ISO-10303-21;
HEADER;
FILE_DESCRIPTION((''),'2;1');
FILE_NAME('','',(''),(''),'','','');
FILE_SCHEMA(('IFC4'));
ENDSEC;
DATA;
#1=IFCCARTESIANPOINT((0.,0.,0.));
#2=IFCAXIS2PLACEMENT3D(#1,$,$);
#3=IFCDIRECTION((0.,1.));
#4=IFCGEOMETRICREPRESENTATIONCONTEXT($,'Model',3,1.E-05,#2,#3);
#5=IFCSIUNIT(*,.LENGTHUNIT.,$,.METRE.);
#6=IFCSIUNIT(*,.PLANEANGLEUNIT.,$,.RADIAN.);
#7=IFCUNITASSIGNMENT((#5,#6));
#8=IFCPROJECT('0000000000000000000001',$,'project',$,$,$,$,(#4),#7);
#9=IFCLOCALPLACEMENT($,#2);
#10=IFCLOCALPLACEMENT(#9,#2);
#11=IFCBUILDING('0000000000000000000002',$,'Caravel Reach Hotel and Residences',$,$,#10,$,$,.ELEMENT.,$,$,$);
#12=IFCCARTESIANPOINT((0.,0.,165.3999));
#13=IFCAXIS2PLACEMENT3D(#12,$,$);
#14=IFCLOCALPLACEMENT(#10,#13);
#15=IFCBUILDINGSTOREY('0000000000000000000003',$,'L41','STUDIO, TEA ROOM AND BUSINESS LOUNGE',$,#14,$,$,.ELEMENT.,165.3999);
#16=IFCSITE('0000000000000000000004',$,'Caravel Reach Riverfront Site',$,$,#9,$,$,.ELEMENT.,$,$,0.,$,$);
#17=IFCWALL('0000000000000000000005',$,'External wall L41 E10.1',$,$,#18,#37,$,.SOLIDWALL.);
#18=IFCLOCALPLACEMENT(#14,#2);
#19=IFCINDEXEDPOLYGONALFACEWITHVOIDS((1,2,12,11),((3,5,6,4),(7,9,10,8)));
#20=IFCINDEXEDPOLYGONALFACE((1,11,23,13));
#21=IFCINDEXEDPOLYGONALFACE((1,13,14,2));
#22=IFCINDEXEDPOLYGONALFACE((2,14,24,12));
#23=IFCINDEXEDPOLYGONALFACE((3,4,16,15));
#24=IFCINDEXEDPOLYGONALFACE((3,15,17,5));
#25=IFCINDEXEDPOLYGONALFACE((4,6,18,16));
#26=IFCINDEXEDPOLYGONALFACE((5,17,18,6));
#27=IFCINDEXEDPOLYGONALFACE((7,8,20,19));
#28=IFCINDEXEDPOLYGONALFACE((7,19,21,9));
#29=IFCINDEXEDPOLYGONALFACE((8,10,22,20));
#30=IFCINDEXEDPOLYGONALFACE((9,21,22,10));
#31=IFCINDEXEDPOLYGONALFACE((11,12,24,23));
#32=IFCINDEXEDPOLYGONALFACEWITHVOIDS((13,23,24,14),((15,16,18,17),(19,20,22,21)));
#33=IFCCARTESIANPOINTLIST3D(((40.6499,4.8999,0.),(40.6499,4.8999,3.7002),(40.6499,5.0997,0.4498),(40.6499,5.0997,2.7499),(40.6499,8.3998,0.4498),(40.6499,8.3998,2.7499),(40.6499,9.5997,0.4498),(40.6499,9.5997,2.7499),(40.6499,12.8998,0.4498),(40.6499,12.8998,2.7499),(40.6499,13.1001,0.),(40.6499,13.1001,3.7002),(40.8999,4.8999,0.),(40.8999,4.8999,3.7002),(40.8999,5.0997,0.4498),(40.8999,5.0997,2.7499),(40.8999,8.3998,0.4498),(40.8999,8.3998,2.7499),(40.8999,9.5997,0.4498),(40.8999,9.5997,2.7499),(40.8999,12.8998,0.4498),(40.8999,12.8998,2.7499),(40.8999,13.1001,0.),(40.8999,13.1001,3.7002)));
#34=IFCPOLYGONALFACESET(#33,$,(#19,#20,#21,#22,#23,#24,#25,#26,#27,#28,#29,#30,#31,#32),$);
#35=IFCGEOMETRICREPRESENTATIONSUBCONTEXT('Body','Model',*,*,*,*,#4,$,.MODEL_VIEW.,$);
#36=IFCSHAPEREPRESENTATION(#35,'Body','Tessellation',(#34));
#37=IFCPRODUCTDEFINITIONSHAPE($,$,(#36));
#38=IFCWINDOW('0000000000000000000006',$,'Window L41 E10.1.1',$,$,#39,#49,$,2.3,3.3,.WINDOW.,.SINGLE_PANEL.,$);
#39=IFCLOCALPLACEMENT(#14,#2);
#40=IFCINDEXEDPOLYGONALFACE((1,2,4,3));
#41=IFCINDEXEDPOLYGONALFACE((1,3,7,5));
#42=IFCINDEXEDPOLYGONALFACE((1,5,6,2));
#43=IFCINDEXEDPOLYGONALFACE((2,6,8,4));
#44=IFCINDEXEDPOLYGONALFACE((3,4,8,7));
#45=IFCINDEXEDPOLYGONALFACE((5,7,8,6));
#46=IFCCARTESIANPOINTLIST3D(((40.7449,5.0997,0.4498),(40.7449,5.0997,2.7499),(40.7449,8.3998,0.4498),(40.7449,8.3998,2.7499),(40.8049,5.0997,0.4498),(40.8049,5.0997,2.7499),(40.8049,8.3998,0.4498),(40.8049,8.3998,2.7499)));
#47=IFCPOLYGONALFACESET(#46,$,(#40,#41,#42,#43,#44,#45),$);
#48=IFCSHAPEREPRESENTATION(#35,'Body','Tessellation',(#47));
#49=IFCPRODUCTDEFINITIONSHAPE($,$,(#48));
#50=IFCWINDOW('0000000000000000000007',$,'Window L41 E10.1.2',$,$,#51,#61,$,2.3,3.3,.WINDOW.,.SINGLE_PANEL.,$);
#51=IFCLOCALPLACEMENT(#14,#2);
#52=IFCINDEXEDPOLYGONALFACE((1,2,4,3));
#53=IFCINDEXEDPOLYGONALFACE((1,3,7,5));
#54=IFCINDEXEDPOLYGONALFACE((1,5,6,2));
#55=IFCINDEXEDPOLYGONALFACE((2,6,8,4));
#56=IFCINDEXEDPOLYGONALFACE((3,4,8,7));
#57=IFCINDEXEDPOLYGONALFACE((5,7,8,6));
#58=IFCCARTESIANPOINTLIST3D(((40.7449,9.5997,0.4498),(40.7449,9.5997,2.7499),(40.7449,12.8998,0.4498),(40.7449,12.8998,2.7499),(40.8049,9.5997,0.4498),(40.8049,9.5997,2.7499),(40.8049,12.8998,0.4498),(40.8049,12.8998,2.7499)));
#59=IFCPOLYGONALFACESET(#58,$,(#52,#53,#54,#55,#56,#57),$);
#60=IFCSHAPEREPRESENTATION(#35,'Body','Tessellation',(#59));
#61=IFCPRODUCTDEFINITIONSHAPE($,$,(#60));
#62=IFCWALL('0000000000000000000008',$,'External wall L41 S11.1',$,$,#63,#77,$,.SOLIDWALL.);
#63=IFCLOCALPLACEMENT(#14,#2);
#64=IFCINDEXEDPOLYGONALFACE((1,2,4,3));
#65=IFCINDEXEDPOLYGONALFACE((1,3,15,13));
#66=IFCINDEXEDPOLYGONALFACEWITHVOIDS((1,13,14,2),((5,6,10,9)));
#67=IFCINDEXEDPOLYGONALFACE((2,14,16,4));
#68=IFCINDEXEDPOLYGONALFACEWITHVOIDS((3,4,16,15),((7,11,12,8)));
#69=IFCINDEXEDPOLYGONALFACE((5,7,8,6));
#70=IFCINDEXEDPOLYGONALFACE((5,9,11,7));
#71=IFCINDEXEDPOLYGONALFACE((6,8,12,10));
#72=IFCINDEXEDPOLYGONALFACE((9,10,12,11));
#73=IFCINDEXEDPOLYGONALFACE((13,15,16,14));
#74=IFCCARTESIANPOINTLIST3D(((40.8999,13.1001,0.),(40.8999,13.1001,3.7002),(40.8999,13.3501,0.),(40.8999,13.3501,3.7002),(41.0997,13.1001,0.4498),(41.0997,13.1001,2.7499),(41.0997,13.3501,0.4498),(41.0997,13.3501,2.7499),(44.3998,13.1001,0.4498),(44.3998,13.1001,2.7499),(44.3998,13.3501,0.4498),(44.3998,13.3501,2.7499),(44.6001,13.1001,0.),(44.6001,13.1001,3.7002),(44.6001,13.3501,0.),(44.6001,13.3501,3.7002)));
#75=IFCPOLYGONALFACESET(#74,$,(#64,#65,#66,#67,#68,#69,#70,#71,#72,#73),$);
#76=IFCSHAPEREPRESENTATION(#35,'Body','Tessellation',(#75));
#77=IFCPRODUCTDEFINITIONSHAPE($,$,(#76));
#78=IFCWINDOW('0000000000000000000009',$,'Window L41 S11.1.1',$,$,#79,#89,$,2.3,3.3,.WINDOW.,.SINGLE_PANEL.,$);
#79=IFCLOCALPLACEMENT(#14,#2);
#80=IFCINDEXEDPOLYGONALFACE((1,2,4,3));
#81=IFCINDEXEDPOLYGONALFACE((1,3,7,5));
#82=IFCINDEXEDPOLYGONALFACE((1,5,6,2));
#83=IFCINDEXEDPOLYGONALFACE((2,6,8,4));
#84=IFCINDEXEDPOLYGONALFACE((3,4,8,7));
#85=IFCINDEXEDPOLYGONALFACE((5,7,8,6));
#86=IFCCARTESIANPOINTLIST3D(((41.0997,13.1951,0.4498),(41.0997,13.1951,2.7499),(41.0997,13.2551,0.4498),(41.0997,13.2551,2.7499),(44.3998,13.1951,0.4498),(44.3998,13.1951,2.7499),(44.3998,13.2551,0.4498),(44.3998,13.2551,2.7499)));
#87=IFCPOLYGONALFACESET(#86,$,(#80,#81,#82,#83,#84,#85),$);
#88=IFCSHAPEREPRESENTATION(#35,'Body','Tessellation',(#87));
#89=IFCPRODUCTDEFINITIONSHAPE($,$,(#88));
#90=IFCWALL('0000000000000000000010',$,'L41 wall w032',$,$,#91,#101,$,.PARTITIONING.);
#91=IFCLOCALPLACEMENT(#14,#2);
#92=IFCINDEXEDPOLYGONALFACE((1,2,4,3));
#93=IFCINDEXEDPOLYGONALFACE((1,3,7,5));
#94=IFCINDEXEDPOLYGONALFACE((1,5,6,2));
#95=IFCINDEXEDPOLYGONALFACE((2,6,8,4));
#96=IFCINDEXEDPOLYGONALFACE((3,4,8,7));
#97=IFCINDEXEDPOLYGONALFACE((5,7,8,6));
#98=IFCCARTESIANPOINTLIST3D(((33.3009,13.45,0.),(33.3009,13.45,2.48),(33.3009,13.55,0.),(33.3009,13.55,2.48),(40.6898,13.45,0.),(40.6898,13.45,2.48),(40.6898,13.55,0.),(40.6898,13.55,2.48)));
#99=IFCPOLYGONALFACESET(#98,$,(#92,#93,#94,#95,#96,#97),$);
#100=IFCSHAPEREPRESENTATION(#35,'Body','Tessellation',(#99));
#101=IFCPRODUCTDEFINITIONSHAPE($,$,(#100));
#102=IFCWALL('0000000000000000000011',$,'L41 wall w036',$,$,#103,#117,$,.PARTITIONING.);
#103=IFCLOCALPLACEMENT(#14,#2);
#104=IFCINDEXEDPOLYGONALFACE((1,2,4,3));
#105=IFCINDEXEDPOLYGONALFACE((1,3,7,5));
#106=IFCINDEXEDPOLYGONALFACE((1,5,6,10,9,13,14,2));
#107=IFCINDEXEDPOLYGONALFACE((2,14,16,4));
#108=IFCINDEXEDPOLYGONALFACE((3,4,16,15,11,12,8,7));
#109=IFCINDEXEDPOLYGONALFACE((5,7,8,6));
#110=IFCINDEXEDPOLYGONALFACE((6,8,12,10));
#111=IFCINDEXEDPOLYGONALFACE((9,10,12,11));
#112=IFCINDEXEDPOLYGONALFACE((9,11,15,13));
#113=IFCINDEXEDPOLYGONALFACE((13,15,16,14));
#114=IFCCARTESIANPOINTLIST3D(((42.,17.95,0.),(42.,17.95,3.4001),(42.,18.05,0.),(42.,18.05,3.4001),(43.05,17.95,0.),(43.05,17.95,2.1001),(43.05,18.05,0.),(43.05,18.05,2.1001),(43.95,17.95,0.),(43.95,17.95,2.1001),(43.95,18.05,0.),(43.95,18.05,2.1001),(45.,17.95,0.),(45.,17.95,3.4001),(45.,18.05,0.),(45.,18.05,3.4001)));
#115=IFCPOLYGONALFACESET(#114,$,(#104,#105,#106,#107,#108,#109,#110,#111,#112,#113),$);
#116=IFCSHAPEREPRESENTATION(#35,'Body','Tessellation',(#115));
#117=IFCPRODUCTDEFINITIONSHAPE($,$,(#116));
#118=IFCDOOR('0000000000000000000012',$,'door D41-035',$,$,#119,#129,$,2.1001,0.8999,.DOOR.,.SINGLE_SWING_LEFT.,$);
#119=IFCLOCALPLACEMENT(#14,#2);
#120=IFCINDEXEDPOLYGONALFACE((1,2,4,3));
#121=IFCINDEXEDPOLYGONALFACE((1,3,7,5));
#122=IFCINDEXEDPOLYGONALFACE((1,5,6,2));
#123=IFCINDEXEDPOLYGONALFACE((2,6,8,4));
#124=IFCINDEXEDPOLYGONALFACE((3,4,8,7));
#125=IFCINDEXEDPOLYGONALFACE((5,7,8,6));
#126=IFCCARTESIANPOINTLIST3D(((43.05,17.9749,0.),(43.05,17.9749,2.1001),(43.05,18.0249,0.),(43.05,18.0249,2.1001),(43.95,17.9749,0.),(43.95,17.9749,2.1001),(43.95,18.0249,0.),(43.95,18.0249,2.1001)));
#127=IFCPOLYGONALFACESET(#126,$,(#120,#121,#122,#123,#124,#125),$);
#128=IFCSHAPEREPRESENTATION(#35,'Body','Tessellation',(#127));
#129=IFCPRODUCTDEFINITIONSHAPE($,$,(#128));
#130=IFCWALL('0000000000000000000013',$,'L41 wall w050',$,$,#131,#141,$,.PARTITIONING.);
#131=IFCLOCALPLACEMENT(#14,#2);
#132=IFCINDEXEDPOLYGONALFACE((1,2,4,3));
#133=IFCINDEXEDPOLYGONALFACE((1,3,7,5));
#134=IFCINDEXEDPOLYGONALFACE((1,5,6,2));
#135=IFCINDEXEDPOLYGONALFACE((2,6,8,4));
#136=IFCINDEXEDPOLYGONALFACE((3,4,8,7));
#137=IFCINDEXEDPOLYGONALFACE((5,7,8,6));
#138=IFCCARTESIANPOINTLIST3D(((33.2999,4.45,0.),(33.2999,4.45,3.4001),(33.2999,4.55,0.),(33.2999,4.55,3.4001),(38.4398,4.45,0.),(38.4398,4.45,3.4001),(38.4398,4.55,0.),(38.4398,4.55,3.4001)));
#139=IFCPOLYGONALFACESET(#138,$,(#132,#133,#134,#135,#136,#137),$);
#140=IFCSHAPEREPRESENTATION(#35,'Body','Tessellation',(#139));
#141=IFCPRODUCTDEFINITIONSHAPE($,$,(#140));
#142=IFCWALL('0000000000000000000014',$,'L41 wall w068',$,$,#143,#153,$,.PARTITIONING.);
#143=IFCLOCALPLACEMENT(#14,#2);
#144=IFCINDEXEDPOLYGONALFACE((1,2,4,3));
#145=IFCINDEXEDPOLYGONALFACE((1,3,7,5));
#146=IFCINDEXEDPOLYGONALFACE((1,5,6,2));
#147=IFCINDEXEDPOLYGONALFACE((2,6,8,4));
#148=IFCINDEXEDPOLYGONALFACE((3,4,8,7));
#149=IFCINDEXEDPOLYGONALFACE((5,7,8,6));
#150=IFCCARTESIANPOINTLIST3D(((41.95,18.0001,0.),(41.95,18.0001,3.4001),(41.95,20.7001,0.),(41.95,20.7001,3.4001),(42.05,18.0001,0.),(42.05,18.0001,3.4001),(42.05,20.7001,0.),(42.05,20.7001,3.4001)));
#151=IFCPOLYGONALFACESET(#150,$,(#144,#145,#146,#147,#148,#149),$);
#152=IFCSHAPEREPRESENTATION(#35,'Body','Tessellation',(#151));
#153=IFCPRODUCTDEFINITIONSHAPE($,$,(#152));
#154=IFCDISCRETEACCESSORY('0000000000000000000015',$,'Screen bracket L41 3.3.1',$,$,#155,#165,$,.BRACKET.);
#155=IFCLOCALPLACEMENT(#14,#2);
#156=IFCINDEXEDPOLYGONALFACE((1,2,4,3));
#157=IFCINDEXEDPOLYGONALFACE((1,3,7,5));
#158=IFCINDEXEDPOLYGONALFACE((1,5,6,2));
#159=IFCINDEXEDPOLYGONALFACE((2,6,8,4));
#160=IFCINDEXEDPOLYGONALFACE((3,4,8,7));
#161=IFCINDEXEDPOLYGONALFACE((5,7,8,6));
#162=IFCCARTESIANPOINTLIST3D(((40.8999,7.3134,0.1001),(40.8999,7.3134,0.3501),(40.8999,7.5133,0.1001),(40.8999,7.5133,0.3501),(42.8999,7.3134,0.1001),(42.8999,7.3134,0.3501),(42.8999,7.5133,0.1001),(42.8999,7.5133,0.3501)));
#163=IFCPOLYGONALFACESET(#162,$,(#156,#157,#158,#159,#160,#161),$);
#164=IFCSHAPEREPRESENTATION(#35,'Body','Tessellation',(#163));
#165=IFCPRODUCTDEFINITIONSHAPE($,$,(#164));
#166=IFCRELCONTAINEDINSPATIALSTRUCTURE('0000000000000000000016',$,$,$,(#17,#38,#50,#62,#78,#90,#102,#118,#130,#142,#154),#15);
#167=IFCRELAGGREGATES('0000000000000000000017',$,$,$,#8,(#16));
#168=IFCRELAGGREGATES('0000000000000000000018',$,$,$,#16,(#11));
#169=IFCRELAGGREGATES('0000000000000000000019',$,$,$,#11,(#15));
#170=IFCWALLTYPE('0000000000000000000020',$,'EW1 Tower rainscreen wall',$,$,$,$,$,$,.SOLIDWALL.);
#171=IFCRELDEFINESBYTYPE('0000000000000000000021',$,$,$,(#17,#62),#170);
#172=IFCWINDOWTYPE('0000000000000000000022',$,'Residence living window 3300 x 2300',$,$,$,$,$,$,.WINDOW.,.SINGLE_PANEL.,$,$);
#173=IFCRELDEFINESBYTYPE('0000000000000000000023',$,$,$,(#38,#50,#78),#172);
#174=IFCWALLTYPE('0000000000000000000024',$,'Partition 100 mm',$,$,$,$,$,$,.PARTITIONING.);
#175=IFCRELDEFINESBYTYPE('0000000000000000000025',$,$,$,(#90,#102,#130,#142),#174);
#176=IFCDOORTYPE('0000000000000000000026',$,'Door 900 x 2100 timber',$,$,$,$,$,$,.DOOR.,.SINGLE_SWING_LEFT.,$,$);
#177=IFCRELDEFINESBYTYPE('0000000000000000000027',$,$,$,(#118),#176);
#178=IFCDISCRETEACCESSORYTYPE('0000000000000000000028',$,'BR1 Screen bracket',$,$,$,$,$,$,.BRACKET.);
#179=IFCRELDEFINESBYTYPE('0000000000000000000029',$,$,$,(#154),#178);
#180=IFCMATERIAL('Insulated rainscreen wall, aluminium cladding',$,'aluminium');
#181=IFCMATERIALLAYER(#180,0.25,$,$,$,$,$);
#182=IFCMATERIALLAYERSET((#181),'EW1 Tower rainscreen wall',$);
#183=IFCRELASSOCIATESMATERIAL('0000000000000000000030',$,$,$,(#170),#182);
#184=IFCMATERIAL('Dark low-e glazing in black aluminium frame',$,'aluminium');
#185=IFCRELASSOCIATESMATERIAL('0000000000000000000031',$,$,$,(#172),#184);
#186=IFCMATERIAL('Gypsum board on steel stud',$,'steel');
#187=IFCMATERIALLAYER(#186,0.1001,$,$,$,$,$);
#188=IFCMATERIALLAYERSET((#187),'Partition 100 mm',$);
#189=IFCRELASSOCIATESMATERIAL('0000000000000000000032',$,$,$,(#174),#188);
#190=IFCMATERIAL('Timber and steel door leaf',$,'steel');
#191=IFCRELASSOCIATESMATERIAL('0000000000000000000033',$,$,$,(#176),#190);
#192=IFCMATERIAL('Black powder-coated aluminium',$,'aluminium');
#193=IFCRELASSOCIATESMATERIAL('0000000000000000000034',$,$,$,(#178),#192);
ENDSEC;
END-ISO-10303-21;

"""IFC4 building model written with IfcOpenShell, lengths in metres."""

from ifc_helpers import new_model, si_unit, direction, frame, frame_2d, origin, origin_2d, place, context, subcontext, project, spatial, rectangle, extrude, material, layer, layer_set, type_object, element, fill, save


model = new_model("IFC4")

# Units and contexts
model_context = context("Model", 3, precision=1e-05, world=origin(), true_north=direction((0.0, 1.0)))
body_context = subcontext(model_context, "Body", "Model", "MODEL_VIEW")
ifc_project = project(units=[si_unit("LENGTHUNIT", "METRE"), si_unit("PLANEANGLEUNIT", "RADIAN")], contexts=[model_context])

# Site, building, storey
site_placement = place(None, origin())
site = spatial("IfcSite", under=ifc_project, at=site_placement, Name="Caravel Reach Riverfront Site", CompositionType="ELEMENT", RefElevation=0.0)
building_placement = place(site_placement, origin())
building = spatial("IfcBuilding", under=site, at=building_placement, Name="Caravel Reach Hotel and Residences", CompositionType="ELEMENT")
storey_placement = place(building_placement, frame((0.0, 0.0, 165.3999)))
storey = spatial("IfcBuildingStorey", under=building, at=storey_placement, Name="L41", Description="STUDIO, TEA ROOM AND BUSINESS LOUNGE", CompositionType="ELEMENT", Elevation=165.3999)

# Wall, openings, windows
ifc_material_1 = material(Name="Insulated rainscreen wall, aluminium cladding", Category="aluminium")
ifc_layer_1 = layer(ifc_material_1, 0.25)
ifc_layer_set_1 = layer_set([ifc_layer_1], Name="EW1 Tower rainscreen wall")
wall_type_1 = type_object("IfcWallType", Name="EW1 Tower rainscreen wall", PredefinedType="SOLIDWALL", material=ifc_layer_set_1)
wall_1_placement = place(storey_placement, frame((40.7749, 4.8999, 0.0), z_axis=(0.0, 0.0, 1.0), x_axis=(0.0, 1.0, 0.0)))
wall_1 = element("IfcWall", 1, at=wall_1_placement, inside=storey, type_object=wall_type_1, Name="External wall L41 E10.1", PredefinedType="SOLIDWALL", context=body_context, shape_type="SweptSolid", body=[
    extrude(rectangle(XDim=8.2002, YDim=0.25, at=frame_2d((4.1001, 0.0))), origin(), (0.0, 0.0, 1.0), 3.7002),
])
opening_1_placement = place(wall_1_placement, frame((0.2, 0.0, 0.45)))
opening_1 = element("IfcOpeningElement", 2, at=opening_1_placement, cuts=wall_1, PredefinedType="OPENING", context=body_context, shape_type="SweptSolid", body=[
    extrude(rectangle(XDim=3.3, YDim=2.3, at=frame_2d((1.6499, 1.1499))), frame((0.0, 0.135, 0.0), z_axis=(0.0, -1.0, 0.0), x_axis=(1.0, 0.0, 0.0)), (0.0, 0.0, 1.0), 0.27),
])
opening_2_placement = place(wall_1_placement, frame((4.7, 0.0, 0.45)))
opening_2 = element("IfcOpeningElement", 3, at=opening_2_placement, cuts=wall_1, PredefinedType="OPENING", context=body_context, shape_type="SweptSolid", body=[
    extrude(rectangle(XDim=3.3, YDim=2.3, at=frame_2d((1.6499, 1.1499))), frame((0.0, 0.135, 0.0), z_axis=(0.0, -1.0, 0.0), x_axis=(1.0, 0.0, 0.0)), (0.0, 0.0, 1.0), 0.27),
])
ifc_material_2 = material(Name="Dark low-e glazing in black aluminium frame", Category="aluminium")
window_type = type_object("IfcWindowType", Name="Residence living window 3300 x 2300", PartitioningType="SINGLE_PANEL", PredefinedType="WINDOW", material=ifc_material_2)
window_1_placement = place(opening_1_placement, origin())
window_1 = element("IfcWindow", 4, at=window_1_placement, inside=storey, type_object=window_type, Name="Window L41 E10.1.1", OverallHeight=2.3, OverallWidth=3.3, PartitioningType="SINGLE_PANEL", PredefinedType="WINDOW", context=body_context, shape_type="SweptSolid", body=[
    extrude(rectangle(XDim=3.3, YDim=2.3, at=frame_2d((1.6499, 1.1499))), frame((0.0, 0.03, 0.0), z_axis=(0.0, -1.0, 0.0), x_axis=(1.0, 0.0, 0.0)), (0.0, 0.0, 1.0), 0.0601),
])
fill(opening_1, window_1)
window_2_placement = place(opening_2_placement, origin())
window_2 = element("IfcWindow", 5, at=window_2_placement, inside=storey, type_object=window_type, Name="Window L41 E10.1.2", OverallHeight=2.3, OverallWidth=3.3, PartitioningType="SINGLE_PANEL", PredefinedType="WINDOW", context=body_context, shape_type="SweptSolid", body=[
    extrude(rectangle(XDim=3.3, YDim=2.3, at=frame_2d((1.6499, 1.1499))), frame((0.0, 0.03, 0.0), z_axis=(0.0, -1.0, 0.0), x_axis=(1.0, 0.0, 0.0)), (0.0, 0.0, 1.0), 0.0601),
])
fill(opening_2, window_2)

# Wall, opening, window
wall_2_placement = place(storey_placement, frame((40.8999, 13.2251, 0.0), z_axis=(0.0, 0.0, 1.0), x_axis=(1.0, 0.0, 0.0)))
wall_2 = element("IfcWall", 6, at=wall_2_placement, inside=storey, type_object=wall_type_1, Name="External wall L41 S11.1", PredefinedType="SOLIDWALL", context=body_context, shape_type="SweptSolid", body=[
    extrude(rectangle(XDim=3.7002, YDim=0.25, at=frame_2d((1.8501, 0.0))), origin(), (0.0, 0.0, 1.0), 3.7002),
])
opening_3_placement = place(wall_2_placement, frame((0.2, 0.0, 0.45)))
opening_3 = element("IfcOpeningElement", 7, at=opening_3_placement, cuts=wall_2, PredefinedType="OPENING", context=body_context, shape_type="SweptSolid", body=[
    extrude(rectangle(XDim=3.3, YDim=2.3, at=frame_2d((1.6499, 1.1499))), frame((0.0, 0.135, 0.0), z_axis=(0.0, -1.0, 0.0), x_axis=(1.0, 0.0, 0.0)), (0.0, 0.0, 1.0), 0.27),
])
window_3_placement = place(opening_3_placement, origin())
window_3 = element("IfcWindow", 8, at=window_3_placement, inside=storey, type_object=window_type, Name="Window L41 S11.1.1", OverallHeight=2.3, OverallWidth=3.3, PartitioningType="SINGLE_PANEL", PredefinedType="WINDOW", context=body_context, shape_type="SweptSolid", body=[
    extrude(rectangle(XDim=3.3, YDim=2.3, at=frame_2d((1.6499, 1.1499))), frame((0.0, 0.03, 0.0), z_axis=(0.0, -1.0, 0.0), x_axis=(1.0, 0.0, 0.0)), (0.0, 0.0, 1.0), 0.0601),
])
fill(opening_3, window_3)

# Wall
ifc_material_3 = material(Name="Gypsum board on steel stud", Category="steel")
ifc_layer_2 = layer(ifc_material_3, 0.1001)
ifc_layer_set_2 = layer_set([ifc_layer_2], Name="Partition 100 mm")
wall_type_2 = type_object("IfcWallType", Name="Partition 100 mm", PredefinedType="PARTITIONING", material=ifc_layer_set_2)
wall_3_placement = place(storey_placement, frame((33.301, 13.5, 0.0), z_axis=(0.0, 0.0, 1.0), x_axis=(1.0, 0.0, 0.0)))
element("IfcWall", 9, at=wall_3_placement, inside=storey, type_object=wall_type_2, Name="L41 wall w032", PredefinedType="PARTITIONING", context=body_context, shape_type="SweptSolid", body=[
    extrude(rectangle(XDim=7.3889, YDim=0.1001, at=frame_2d((3.6943, 0.0))), origin(), (0.0, 0.0, 1.0), 2.48),
])

# Wall, opening, door
wall_4_placement = place(storey_placement, frame((42.0, 18.0, 0.0), z_axis=(0.0, 0.0, 1.0), x_axis=(1.0, 0.0, 0.0)))
wall_4 = element("IfcWall", 10, at=wall_4_placement, inside=storey, type_object=wall_type_2, Name="L41 wall w036", PredefinedType="PARTITIONING", context=body_context, shape_type="SweptSolid", body=[
    extrude(rectangle(XDim=3.0, YDim=0.1001, at=frame_2d((1.5, 0.0))), origin(), (0.0, 0.0, 1.0), 3.4001),
])
opening_4_placement = place(wall_4_placement, frame((1.05, 0.0, 0.0)))
opening_4 = element("IfcOpeningElement", 11, at=opening_4_placement, cuts=wall_4, PredefinedType="OPENING", context=body_context, shape_type="SweptSolid", body=[
    extrude(rectangle(XDim=0.8999, YDim=2.1001, at=frame_2d((0.45, 1.05))), frame((0.0, 0.0601, 0.0), z_axis=(0.0, -1.0, 0.0), x_axis=(1.0, 0.0, 0.0)), (0.0, 0.0, 1.0), 0.1201),
])
ifc_material_4 = material(Name="Timber and steel door leaf", Category="steel")
door_type_1 = type_object("IfcDoorType", Name="Door 900 x 2100 timber", OperationType="SINGLE_SWING_LEFT", PredefinedType="DOOR", material=ifc_material_4)
door_1_placement = place(opening_4_placement, origin())
door_1 = element("IfcDoor", 12, at=door_1_placement, inside=storey, type_object=door_type_1, Name="door D41-035", OperationType="SINGLE_SWING_LEFT", OverallHeight=2.1001, OverallWidth=0.8999, PredefinedType="DOOR", context=body_context, shape_type="SweptSolid", body=[
    extrude(rectangle(XDim=0.8999, YDim=2.1001, at=frame_2d((0.45, 1.05))), frame((0.0, 0.0249, 0.0), z_axis=(0.0, -1.0, 0.0), x_axis=(1.0, 0.0, 0.0)), (0.0, 0.0, 1.0), 0.05),
])
fill(opening_4, door_1)

# Walls
wall_5_placement = place(storey_placement, frame((33.3, 4.5, 0.0), z_axis=(0.0, 0.0, 1.0), x_axis=(1.0, 0.0, 0.0)))
element("IfcWall", 13, at=wall_5_placement, inside=storey, type_object=wall_type_2, Name="L41 wall w050", PredefinedType="PARTITIONING", context=body_context, shape_type="SweptSolid", body=[
    extrude(rectangle(XDim=5.1399, YDim=0.1001, at=frame_2d((2.5698, 0.0))), origin(), (0.0, 0.0, 1.0), 3.4001),
])
wall_6_placement = place(storey_placement, frame((42.0, 18.0, 0.0), z_axis=(0.0, 0.0, 1.0), x_axis=(0.0, 1.0, 0.0)))
element("IfcWall", 14, at=wall_6_placement, inside=storey, type_object=wall_type_2, Name="L41 wall w068", PredefinedType="PARTITIONING", context=body_context, shape_type="SweptSolid", body=[
    extrude(rectangle(XDim=2.7, YDim=0.1001, at=frame_2d((1.3501, 0.0))), origin(), (0.0, 0.0, 1.0), 3.4001),
])

# Discrete accessory
ifc_material_5 = material(Name="Black powder-coated aluminium", Category="aluminium")
discrete_accessory_type = type_object("IfcDiscreteAccessoryType", Name="BR1 Screen bracket", PredefinedType="BRACKET", material=ifc_material_5)
discrete_accessory_placement = place(storey_placement, frame((41.8999, 7.4133, 0.1001), z_axis=(0.0, 0.0, 1.0), x_axis=(1.0, 0.0, 0.0)))
element("IfcDiscreteAccessory", 15, at=discrete_accessory_placement, inside=storey, type_object=discrete_accessory_type, Name="Screen bracket L41 3.3.1", PredefinedType="BRACKET", context=body_context, shape_type="SweptSolid", body=[
    extrude(rectangle(XDim=2.0, YDim=0.2, at=origin_2d()), origin(), (0.0, 0.0, 1.0), 0.25),
])

save(model, "model.ifc")
